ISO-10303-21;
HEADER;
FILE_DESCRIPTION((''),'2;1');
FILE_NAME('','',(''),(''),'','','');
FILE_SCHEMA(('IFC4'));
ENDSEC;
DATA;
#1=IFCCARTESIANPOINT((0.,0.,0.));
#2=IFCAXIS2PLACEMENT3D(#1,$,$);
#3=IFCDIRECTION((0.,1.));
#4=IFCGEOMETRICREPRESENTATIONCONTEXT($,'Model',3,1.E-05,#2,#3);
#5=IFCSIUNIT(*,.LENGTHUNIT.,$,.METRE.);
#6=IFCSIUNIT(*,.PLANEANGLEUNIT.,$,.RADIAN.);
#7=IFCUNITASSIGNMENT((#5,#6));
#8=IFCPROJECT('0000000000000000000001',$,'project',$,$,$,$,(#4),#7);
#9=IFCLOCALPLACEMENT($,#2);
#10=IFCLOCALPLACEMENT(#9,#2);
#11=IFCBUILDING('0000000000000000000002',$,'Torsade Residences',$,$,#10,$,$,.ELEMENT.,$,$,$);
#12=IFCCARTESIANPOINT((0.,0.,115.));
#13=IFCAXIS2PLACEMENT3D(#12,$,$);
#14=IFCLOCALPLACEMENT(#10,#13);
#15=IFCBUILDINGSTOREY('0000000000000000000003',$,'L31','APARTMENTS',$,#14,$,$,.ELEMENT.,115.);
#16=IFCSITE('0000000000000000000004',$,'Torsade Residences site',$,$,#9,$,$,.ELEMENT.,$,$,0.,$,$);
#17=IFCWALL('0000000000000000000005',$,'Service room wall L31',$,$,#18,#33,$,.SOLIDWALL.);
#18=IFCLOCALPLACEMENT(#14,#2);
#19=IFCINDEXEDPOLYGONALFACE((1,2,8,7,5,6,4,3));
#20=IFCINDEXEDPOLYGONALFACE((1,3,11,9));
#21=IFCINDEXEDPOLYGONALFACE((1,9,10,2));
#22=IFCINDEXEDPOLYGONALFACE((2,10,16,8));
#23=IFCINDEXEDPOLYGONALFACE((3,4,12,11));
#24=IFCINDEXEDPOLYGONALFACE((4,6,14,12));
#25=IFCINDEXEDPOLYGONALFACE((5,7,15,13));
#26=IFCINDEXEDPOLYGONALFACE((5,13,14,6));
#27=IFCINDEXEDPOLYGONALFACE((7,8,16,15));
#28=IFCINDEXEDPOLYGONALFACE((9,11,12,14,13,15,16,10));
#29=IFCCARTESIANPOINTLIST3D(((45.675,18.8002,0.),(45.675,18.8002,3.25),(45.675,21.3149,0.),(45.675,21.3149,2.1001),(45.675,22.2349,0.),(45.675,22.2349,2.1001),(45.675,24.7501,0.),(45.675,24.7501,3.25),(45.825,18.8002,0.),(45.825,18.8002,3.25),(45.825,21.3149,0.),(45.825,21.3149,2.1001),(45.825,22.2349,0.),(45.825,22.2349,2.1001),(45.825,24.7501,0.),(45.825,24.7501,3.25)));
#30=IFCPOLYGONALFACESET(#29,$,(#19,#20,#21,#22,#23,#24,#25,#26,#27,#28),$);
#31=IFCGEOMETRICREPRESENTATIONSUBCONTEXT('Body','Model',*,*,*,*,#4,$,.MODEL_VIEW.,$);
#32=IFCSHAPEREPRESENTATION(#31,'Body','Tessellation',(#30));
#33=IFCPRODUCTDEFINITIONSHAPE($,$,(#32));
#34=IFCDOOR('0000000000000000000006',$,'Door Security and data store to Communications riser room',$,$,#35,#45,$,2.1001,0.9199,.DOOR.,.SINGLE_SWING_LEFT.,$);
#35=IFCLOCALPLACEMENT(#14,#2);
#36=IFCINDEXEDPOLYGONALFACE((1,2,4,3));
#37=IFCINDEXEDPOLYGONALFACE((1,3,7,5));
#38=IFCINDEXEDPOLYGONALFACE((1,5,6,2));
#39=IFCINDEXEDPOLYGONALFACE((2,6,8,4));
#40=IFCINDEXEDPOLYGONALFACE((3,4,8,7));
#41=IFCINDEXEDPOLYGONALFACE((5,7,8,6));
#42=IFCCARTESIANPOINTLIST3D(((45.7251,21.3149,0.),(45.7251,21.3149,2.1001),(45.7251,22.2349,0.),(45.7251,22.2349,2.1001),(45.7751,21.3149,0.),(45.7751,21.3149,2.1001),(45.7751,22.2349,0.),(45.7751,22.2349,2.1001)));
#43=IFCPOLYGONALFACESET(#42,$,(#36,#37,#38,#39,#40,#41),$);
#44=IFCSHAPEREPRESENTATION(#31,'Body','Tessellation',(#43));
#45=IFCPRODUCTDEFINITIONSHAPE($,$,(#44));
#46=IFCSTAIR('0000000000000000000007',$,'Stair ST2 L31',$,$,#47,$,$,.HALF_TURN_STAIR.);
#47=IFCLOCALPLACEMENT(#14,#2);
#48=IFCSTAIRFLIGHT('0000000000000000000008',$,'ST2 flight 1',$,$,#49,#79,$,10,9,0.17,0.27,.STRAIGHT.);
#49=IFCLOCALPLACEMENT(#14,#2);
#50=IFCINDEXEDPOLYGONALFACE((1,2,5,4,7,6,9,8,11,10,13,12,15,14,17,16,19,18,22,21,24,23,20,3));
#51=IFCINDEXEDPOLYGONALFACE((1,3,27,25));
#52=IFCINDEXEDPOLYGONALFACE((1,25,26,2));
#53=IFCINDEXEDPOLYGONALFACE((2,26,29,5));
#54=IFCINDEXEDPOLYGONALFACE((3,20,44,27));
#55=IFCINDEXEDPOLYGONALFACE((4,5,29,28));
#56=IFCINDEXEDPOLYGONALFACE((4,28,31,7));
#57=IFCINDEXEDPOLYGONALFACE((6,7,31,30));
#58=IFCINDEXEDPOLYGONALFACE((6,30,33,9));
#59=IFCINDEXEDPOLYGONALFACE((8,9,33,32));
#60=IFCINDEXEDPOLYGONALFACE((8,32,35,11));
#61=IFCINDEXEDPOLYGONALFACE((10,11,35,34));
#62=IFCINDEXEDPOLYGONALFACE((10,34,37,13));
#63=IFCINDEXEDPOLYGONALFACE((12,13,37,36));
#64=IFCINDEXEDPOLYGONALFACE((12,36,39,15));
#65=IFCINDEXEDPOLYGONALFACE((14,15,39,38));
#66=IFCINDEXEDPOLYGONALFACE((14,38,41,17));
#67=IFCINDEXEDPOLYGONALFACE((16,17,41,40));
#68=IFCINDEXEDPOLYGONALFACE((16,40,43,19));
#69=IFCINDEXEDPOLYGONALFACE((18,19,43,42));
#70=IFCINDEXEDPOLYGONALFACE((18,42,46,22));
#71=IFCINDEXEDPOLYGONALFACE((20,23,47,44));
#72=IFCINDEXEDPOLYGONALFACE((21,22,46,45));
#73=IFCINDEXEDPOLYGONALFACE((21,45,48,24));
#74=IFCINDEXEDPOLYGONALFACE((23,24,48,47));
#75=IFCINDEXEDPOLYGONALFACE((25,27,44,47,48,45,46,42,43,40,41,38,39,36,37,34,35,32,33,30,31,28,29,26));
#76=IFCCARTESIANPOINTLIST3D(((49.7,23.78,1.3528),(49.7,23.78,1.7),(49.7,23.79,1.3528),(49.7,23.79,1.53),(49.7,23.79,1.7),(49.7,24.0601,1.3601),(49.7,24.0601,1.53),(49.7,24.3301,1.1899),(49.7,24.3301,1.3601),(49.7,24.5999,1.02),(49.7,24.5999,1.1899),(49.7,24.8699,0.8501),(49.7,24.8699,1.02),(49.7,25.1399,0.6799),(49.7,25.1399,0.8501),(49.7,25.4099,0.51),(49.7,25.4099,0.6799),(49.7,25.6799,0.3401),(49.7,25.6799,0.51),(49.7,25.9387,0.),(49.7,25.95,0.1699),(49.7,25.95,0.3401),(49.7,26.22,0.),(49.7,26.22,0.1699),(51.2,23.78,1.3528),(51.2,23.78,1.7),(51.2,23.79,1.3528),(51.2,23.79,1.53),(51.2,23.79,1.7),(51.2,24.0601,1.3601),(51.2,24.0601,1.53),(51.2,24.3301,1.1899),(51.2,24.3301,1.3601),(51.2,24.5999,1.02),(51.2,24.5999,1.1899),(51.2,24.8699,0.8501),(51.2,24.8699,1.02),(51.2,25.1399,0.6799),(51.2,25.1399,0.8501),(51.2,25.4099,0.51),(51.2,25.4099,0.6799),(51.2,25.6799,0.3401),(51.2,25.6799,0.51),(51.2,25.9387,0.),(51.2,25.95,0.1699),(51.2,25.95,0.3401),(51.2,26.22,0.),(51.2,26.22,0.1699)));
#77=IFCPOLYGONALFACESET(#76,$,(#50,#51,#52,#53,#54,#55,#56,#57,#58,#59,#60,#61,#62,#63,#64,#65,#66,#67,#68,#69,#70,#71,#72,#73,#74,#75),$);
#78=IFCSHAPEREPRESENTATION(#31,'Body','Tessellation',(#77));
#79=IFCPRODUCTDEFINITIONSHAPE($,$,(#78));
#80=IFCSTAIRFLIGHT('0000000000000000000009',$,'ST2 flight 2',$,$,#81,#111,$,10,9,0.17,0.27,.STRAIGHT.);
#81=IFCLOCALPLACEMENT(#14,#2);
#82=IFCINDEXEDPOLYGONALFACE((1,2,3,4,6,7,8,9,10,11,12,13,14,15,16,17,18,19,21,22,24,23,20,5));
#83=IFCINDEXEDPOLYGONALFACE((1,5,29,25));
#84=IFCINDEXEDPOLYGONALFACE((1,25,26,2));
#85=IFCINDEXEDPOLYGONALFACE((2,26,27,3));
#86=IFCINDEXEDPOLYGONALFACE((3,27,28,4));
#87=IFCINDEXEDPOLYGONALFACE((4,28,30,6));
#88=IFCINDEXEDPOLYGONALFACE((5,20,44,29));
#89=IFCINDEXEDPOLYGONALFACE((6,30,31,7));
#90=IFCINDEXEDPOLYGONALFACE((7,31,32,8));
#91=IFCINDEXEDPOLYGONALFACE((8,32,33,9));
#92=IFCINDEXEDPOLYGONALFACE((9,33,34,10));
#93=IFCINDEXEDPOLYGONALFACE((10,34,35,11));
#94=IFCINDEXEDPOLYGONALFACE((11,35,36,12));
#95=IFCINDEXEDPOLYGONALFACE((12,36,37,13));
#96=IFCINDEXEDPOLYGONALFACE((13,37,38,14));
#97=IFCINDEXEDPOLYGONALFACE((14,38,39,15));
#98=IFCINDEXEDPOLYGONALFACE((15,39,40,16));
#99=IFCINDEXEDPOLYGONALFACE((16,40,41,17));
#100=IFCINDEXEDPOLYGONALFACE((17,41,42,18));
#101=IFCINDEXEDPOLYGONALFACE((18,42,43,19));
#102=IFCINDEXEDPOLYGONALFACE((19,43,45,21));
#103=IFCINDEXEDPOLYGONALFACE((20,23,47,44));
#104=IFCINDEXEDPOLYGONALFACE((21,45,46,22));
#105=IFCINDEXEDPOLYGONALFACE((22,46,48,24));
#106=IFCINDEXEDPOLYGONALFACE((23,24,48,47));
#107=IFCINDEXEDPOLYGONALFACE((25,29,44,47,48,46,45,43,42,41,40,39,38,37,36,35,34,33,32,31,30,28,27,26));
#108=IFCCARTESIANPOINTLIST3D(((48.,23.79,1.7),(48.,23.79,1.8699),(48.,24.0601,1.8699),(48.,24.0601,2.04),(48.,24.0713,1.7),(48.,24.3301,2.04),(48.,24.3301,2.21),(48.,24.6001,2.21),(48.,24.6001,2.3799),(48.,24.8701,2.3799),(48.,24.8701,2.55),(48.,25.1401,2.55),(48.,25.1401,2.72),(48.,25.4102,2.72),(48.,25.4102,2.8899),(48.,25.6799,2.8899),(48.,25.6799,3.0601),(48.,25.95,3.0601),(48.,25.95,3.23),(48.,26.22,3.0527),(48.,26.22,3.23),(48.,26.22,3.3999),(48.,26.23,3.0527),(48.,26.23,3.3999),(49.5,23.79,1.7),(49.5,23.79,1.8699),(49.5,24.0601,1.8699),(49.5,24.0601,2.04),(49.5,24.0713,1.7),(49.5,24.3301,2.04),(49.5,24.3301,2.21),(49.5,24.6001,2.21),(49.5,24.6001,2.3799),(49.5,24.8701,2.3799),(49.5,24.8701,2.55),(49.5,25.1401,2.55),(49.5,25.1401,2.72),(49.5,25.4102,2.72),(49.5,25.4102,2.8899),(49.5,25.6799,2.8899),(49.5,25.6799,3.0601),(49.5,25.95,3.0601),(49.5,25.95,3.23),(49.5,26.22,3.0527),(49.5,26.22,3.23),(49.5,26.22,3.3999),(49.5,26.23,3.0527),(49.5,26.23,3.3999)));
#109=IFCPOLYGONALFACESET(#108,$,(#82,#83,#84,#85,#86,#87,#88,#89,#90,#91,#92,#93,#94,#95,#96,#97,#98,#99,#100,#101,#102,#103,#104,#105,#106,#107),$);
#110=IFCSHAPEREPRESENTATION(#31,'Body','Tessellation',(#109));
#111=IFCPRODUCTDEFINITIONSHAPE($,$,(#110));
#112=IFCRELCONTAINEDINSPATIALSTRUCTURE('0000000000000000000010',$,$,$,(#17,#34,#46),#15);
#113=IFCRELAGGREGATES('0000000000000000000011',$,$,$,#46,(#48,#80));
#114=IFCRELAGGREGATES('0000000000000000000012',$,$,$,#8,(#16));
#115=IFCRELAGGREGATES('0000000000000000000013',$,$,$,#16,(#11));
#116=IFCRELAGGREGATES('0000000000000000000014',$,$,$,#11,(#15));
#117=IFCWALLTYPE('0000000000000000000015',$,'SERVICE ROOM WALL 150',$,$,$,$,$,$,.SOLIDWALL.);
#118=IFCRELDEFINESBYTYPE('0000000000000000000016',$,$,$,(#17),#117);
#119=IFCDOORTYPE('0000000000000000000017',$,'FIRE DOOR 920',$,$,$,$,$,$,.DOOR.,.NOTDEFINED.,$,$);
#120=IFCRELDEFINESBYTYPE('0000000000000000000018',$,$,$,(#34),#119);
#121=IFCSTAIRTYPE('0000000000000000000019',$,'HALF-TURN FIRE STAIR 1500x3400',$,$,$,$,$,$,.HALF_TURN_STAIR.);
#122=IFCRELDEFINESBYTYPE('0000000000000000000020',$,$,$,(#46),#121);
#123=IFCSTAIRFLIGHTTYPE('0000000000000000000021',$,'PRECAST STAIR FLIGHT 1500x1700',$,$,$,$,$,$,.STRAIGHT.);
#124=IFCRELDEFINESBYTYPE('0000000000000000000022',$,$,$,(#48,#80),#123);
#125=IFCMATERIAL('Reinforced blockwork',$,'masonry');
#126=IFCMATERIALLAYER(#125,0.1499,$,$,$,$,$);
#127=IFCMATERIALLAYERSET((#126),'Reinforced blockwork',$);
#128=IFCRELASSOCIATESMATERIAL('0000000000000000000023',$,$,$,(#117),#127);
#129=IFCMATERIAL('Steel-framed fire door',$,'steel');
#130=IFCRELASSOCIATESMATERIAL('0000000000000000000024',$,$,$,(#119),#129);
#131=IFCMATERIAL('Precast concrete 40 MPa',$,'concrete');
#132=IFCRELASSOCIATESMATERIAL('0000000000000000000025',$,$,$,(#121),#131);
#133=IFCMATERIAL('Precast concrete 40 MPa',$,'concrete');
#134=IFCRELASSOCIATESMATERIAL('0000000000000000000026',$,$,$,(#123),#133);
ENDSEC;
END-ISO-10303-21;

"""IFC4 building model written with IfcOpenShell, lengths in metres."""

from ifc_helpers import new_model, si_unit, direction, frame, frame_2d, origin, place, context, subcontext, project, spatial, polyline, rectangle, outline, extrude, material, layer, layer_set, type_object, element, fill, aggregate, save


model = new_model("IFC4")

# Units and contexts
model_context = context("Model", 3, precision=1e-05, world=origin(), true_north=direction((0.0, 1.0)))
body_context = subcontext(model_context, "Body", "Model", "MODEL_VIEW")
ifc_project = project(units=[si_unit("LENGTHUNIT", "METRE"), si_unit("PLANEANGLEUNIT", "RADIAN")], contexts=[model_context])

# Site, building, storey
site_placement = place(None, origin())
site = spatial("IfcSite", under=ifc_project, at=site_placement, Name="Torsade Residences site", CompositionType="ELEMENT", RefElevation=0.0)
building_placement = place(site_placement, origin())
building = spatial("IfcBuilding", under=site, at=building_placement, Name="Torsade Residences", CompositionType="ELEMENT")
storey_placement = place(building_placement, frame((0.0, 0.0, 115.0)))
storey = spatial("IfcBuildingStorey", under=building, at=storey_placement, Name="L31", Description="APARTMENTS", CompositionType="ELEMENT", Elevation=115.0)

# Wall, opening, door
ifc_material_1 = material(Name="Reinforced blockwork", Category="masonry")
ifc_layer_1 = layer(ifc_material_1, 0.1499)
ifc_layer_set_1 = layer_set([ifc_layer_1], Name="Reinforced blockwork")
wall_type_1 = type_object("IfcWallType", Name="SERVICE ROOM WALL 150", PredefinedType="SOLIDWALL", material=ifc_layer_set_1)
wall_1_placement = place(storey_placement, frame((45.75, 18.8, 0.0), z_axis=(0.0, 0.0, 1.0), x_axis=(0.0, 1.0, 0.0)))
wall_1 = element("IfcWall", 1, at=wall_1_placement, inside=storey, type_object=wall_type_1, Name="Service room wall L31", PredefinedType="SOLIDWALL", context=body_context, shape_type="SweptSolid", body=[
    extrude(rectangle(XDim=5.95, YDim=0.1499, at=frame_2d((2.9751, 0.0))), origin(), (0.0, 0.0, 1.0), 3.25),
])
opening_1_placement = place(wall_1_placement, frame((2.5149, 0.0, 0.0)))
opening_1 = element("IfcOpeningElement", 2, at=opening_1_placement, cuts=wall_1, PredefinedType="OPENING", context=body_context, shape_type="SweptSolid", body=[
    extrude(rectangle(XDim=0.9199, YDim=2.1001, at=frame_2d((0.46, 1.05))), frame((0.0, 0.085, 0.0), z_axis=(0.0, -1.0, 0.0), x_axis=(1.0, 0.0, 0.0)), (0.0, 0.0, 1.0), 0.1699),
])
ifc_material_2 = material(Name="Steel-framed fire door", Category="steel")
door_type_1 = type_object("IfcDoorType", Name="FIRE DOOR 920", OperationType="NOTDEFINED", PredefinedType="DOOR", material=ifc_material_2)
door_1_placement = place(opening_1_placement, origin())
door_1 = element("IfcDoor", 3, at=door_1_placement, inside=storey, type_object=door_type_1, Name="Door Security and data store to Communications riser room", OperationType="SINGLE_SWING_LEFT", OverallHeight=2.1001, OverallWidth=0.9199, PredefinedType="DOOR", context=body_context, shape_type="SweptSolid", body=[
    extrude(rectangle(XDim=0.9199, YDim=2.1001, at=frame_2d((0.46, 1.05))), frame((0.0, 0.0249, 0.0), z_axis=(0.0, -1.0, 0.0), x_axis=(1.0, 0.0, 0.0)), (0.0, 0.0, 1.0), 0.05),
])
fill(opening_1, door_1)

# Stair, stair flights
ifc_material_3 = material(Name="Precast concrete 40 MPa", Category="concrete")
stair_type = type_object("IfcStairType", Name="HALF-TURN FIRE STAIR 1500x3400", PredefinedType="HALF_TURN_STAIR", material=ifc_material_3)
stair_placement = place(storey_placement, origin())
stair = element("IfcStair", 4, at=stair_placement, inside=storey, type_object=stair_type, Name="Stair ST2 L31", PredefinedType="HALF_TURN_STAIR")
ifc_material_4 = material(Name="Precast concrete 40 MPa", Category="concrete")
stair_flight_type = type_object("IfcStairFlightType", Name="PRECAST STAIR FLIGHT 1500x1700", PredefinedType="STRAIGHT", material=ifc_material_4)
stair_flight_1_placement = place(storey_placement, frame((50.45, 26.22, 0.0), z_axis=(0.0, 0.0, 1.0), x_axis=(0.0, -1.0, 0.0)))
stair_flight_1 = element("IfcStairFlight", 5, at=stair_flight_1_placement, type_object=stair_flight_type, Name="ST2 flight 1", NumberOfRisers=10, NumberOfTreads=9, PredefinedType="STRAIGHT", RiserHeight=0.17, TreadLength=0.27, context=body_context, shape_type="SweptSolid", body=[
    extrude(outline(polyline([(0.0, 0.0), (0.0, 0.1699), (0.27, 0.1699), (0.27, 0.3401), (0.54, 0.3401), (0.54, 0.51), (0.8101, 0.51), (0.8101, 0.6799), (1.0801, 0.6799), (1.0801, 0.8501), (1.3501, 0.8501), (1.3501, 1.02), (1.6201, 1.02), (1.6201, 1.1899), (1.8899, 1.1899), (1.8899, 1.3601), (2.1599, 1.3601), (2.1599, 1.53), (2.4299, 1.53), (2.4299, 1.7), (2.4399, 1.7), (2.4399, 1.3528), (2.4299, 1.3528), (0.2812, 0.0), (0.0, 0.0)])), frame((0.0, 0.75, 0.0), z_axis=(0.0, -1.0, 0.0), x_axis=(1.0, 0.0, 0.0)), (0.0, 0.0, 1.0), 1.5),
])
stair_flight_2_placement = place(storey_placement, frame((48.75, 23.79, 1.7), z_axis=(0.0, 0.0, 1.0), x_axis=(0.0, 1.0, 0.0)))
stair_flight_2 = element("IfcStairFlight", 6, at=stair_flight_2_placement, type_object=stair_flight_type, Name="ST2 flight 2", NumberOfRisers=10, NumberOfTreads=9, PredefinedType="STRAIGHT", RiserHeight=0.17, TreadLength=0.27, context=body_context, shape_type="SweptSolid", body=[
    extrude(outline(polyline([(0.0, 0.0), (0.0, 0.1699), (0.27, 0.1699), (0.27, 0.3401), (0.54, 0.3401), (0.54, 0.51), (0.8101, 0.51), (0.8101, 0.6799), (1.0801, 0.6799), (1.0801, 0.8501), (1.3501, 0.8501), (1.3501, 1.02), (1.6201, 1.02), (1.6201, 1.1899), (1.8899, 1.1899), (1.8899, 1.3601), (2.1599, 1.3601), (2.1599, 1.53), (2.4299, 1.53), (2.4299, 1.7), (2.4399, 1.7), (2.4399, 1.3528), (2.4299, 1.3528), (0.2812, 0.0), (0.0, 0.0)])), frame((0.0, 0.75, 0.0), z_axis=(0.0, -1.0, 0.0), x_axis=(1.0, 0.0, 0.0)), (0.0, 0.0, 1.0), 1.5),
])
aggregate(stair, [stair_flight_1, stair_flight_2])

save(model, "model.ifc")
